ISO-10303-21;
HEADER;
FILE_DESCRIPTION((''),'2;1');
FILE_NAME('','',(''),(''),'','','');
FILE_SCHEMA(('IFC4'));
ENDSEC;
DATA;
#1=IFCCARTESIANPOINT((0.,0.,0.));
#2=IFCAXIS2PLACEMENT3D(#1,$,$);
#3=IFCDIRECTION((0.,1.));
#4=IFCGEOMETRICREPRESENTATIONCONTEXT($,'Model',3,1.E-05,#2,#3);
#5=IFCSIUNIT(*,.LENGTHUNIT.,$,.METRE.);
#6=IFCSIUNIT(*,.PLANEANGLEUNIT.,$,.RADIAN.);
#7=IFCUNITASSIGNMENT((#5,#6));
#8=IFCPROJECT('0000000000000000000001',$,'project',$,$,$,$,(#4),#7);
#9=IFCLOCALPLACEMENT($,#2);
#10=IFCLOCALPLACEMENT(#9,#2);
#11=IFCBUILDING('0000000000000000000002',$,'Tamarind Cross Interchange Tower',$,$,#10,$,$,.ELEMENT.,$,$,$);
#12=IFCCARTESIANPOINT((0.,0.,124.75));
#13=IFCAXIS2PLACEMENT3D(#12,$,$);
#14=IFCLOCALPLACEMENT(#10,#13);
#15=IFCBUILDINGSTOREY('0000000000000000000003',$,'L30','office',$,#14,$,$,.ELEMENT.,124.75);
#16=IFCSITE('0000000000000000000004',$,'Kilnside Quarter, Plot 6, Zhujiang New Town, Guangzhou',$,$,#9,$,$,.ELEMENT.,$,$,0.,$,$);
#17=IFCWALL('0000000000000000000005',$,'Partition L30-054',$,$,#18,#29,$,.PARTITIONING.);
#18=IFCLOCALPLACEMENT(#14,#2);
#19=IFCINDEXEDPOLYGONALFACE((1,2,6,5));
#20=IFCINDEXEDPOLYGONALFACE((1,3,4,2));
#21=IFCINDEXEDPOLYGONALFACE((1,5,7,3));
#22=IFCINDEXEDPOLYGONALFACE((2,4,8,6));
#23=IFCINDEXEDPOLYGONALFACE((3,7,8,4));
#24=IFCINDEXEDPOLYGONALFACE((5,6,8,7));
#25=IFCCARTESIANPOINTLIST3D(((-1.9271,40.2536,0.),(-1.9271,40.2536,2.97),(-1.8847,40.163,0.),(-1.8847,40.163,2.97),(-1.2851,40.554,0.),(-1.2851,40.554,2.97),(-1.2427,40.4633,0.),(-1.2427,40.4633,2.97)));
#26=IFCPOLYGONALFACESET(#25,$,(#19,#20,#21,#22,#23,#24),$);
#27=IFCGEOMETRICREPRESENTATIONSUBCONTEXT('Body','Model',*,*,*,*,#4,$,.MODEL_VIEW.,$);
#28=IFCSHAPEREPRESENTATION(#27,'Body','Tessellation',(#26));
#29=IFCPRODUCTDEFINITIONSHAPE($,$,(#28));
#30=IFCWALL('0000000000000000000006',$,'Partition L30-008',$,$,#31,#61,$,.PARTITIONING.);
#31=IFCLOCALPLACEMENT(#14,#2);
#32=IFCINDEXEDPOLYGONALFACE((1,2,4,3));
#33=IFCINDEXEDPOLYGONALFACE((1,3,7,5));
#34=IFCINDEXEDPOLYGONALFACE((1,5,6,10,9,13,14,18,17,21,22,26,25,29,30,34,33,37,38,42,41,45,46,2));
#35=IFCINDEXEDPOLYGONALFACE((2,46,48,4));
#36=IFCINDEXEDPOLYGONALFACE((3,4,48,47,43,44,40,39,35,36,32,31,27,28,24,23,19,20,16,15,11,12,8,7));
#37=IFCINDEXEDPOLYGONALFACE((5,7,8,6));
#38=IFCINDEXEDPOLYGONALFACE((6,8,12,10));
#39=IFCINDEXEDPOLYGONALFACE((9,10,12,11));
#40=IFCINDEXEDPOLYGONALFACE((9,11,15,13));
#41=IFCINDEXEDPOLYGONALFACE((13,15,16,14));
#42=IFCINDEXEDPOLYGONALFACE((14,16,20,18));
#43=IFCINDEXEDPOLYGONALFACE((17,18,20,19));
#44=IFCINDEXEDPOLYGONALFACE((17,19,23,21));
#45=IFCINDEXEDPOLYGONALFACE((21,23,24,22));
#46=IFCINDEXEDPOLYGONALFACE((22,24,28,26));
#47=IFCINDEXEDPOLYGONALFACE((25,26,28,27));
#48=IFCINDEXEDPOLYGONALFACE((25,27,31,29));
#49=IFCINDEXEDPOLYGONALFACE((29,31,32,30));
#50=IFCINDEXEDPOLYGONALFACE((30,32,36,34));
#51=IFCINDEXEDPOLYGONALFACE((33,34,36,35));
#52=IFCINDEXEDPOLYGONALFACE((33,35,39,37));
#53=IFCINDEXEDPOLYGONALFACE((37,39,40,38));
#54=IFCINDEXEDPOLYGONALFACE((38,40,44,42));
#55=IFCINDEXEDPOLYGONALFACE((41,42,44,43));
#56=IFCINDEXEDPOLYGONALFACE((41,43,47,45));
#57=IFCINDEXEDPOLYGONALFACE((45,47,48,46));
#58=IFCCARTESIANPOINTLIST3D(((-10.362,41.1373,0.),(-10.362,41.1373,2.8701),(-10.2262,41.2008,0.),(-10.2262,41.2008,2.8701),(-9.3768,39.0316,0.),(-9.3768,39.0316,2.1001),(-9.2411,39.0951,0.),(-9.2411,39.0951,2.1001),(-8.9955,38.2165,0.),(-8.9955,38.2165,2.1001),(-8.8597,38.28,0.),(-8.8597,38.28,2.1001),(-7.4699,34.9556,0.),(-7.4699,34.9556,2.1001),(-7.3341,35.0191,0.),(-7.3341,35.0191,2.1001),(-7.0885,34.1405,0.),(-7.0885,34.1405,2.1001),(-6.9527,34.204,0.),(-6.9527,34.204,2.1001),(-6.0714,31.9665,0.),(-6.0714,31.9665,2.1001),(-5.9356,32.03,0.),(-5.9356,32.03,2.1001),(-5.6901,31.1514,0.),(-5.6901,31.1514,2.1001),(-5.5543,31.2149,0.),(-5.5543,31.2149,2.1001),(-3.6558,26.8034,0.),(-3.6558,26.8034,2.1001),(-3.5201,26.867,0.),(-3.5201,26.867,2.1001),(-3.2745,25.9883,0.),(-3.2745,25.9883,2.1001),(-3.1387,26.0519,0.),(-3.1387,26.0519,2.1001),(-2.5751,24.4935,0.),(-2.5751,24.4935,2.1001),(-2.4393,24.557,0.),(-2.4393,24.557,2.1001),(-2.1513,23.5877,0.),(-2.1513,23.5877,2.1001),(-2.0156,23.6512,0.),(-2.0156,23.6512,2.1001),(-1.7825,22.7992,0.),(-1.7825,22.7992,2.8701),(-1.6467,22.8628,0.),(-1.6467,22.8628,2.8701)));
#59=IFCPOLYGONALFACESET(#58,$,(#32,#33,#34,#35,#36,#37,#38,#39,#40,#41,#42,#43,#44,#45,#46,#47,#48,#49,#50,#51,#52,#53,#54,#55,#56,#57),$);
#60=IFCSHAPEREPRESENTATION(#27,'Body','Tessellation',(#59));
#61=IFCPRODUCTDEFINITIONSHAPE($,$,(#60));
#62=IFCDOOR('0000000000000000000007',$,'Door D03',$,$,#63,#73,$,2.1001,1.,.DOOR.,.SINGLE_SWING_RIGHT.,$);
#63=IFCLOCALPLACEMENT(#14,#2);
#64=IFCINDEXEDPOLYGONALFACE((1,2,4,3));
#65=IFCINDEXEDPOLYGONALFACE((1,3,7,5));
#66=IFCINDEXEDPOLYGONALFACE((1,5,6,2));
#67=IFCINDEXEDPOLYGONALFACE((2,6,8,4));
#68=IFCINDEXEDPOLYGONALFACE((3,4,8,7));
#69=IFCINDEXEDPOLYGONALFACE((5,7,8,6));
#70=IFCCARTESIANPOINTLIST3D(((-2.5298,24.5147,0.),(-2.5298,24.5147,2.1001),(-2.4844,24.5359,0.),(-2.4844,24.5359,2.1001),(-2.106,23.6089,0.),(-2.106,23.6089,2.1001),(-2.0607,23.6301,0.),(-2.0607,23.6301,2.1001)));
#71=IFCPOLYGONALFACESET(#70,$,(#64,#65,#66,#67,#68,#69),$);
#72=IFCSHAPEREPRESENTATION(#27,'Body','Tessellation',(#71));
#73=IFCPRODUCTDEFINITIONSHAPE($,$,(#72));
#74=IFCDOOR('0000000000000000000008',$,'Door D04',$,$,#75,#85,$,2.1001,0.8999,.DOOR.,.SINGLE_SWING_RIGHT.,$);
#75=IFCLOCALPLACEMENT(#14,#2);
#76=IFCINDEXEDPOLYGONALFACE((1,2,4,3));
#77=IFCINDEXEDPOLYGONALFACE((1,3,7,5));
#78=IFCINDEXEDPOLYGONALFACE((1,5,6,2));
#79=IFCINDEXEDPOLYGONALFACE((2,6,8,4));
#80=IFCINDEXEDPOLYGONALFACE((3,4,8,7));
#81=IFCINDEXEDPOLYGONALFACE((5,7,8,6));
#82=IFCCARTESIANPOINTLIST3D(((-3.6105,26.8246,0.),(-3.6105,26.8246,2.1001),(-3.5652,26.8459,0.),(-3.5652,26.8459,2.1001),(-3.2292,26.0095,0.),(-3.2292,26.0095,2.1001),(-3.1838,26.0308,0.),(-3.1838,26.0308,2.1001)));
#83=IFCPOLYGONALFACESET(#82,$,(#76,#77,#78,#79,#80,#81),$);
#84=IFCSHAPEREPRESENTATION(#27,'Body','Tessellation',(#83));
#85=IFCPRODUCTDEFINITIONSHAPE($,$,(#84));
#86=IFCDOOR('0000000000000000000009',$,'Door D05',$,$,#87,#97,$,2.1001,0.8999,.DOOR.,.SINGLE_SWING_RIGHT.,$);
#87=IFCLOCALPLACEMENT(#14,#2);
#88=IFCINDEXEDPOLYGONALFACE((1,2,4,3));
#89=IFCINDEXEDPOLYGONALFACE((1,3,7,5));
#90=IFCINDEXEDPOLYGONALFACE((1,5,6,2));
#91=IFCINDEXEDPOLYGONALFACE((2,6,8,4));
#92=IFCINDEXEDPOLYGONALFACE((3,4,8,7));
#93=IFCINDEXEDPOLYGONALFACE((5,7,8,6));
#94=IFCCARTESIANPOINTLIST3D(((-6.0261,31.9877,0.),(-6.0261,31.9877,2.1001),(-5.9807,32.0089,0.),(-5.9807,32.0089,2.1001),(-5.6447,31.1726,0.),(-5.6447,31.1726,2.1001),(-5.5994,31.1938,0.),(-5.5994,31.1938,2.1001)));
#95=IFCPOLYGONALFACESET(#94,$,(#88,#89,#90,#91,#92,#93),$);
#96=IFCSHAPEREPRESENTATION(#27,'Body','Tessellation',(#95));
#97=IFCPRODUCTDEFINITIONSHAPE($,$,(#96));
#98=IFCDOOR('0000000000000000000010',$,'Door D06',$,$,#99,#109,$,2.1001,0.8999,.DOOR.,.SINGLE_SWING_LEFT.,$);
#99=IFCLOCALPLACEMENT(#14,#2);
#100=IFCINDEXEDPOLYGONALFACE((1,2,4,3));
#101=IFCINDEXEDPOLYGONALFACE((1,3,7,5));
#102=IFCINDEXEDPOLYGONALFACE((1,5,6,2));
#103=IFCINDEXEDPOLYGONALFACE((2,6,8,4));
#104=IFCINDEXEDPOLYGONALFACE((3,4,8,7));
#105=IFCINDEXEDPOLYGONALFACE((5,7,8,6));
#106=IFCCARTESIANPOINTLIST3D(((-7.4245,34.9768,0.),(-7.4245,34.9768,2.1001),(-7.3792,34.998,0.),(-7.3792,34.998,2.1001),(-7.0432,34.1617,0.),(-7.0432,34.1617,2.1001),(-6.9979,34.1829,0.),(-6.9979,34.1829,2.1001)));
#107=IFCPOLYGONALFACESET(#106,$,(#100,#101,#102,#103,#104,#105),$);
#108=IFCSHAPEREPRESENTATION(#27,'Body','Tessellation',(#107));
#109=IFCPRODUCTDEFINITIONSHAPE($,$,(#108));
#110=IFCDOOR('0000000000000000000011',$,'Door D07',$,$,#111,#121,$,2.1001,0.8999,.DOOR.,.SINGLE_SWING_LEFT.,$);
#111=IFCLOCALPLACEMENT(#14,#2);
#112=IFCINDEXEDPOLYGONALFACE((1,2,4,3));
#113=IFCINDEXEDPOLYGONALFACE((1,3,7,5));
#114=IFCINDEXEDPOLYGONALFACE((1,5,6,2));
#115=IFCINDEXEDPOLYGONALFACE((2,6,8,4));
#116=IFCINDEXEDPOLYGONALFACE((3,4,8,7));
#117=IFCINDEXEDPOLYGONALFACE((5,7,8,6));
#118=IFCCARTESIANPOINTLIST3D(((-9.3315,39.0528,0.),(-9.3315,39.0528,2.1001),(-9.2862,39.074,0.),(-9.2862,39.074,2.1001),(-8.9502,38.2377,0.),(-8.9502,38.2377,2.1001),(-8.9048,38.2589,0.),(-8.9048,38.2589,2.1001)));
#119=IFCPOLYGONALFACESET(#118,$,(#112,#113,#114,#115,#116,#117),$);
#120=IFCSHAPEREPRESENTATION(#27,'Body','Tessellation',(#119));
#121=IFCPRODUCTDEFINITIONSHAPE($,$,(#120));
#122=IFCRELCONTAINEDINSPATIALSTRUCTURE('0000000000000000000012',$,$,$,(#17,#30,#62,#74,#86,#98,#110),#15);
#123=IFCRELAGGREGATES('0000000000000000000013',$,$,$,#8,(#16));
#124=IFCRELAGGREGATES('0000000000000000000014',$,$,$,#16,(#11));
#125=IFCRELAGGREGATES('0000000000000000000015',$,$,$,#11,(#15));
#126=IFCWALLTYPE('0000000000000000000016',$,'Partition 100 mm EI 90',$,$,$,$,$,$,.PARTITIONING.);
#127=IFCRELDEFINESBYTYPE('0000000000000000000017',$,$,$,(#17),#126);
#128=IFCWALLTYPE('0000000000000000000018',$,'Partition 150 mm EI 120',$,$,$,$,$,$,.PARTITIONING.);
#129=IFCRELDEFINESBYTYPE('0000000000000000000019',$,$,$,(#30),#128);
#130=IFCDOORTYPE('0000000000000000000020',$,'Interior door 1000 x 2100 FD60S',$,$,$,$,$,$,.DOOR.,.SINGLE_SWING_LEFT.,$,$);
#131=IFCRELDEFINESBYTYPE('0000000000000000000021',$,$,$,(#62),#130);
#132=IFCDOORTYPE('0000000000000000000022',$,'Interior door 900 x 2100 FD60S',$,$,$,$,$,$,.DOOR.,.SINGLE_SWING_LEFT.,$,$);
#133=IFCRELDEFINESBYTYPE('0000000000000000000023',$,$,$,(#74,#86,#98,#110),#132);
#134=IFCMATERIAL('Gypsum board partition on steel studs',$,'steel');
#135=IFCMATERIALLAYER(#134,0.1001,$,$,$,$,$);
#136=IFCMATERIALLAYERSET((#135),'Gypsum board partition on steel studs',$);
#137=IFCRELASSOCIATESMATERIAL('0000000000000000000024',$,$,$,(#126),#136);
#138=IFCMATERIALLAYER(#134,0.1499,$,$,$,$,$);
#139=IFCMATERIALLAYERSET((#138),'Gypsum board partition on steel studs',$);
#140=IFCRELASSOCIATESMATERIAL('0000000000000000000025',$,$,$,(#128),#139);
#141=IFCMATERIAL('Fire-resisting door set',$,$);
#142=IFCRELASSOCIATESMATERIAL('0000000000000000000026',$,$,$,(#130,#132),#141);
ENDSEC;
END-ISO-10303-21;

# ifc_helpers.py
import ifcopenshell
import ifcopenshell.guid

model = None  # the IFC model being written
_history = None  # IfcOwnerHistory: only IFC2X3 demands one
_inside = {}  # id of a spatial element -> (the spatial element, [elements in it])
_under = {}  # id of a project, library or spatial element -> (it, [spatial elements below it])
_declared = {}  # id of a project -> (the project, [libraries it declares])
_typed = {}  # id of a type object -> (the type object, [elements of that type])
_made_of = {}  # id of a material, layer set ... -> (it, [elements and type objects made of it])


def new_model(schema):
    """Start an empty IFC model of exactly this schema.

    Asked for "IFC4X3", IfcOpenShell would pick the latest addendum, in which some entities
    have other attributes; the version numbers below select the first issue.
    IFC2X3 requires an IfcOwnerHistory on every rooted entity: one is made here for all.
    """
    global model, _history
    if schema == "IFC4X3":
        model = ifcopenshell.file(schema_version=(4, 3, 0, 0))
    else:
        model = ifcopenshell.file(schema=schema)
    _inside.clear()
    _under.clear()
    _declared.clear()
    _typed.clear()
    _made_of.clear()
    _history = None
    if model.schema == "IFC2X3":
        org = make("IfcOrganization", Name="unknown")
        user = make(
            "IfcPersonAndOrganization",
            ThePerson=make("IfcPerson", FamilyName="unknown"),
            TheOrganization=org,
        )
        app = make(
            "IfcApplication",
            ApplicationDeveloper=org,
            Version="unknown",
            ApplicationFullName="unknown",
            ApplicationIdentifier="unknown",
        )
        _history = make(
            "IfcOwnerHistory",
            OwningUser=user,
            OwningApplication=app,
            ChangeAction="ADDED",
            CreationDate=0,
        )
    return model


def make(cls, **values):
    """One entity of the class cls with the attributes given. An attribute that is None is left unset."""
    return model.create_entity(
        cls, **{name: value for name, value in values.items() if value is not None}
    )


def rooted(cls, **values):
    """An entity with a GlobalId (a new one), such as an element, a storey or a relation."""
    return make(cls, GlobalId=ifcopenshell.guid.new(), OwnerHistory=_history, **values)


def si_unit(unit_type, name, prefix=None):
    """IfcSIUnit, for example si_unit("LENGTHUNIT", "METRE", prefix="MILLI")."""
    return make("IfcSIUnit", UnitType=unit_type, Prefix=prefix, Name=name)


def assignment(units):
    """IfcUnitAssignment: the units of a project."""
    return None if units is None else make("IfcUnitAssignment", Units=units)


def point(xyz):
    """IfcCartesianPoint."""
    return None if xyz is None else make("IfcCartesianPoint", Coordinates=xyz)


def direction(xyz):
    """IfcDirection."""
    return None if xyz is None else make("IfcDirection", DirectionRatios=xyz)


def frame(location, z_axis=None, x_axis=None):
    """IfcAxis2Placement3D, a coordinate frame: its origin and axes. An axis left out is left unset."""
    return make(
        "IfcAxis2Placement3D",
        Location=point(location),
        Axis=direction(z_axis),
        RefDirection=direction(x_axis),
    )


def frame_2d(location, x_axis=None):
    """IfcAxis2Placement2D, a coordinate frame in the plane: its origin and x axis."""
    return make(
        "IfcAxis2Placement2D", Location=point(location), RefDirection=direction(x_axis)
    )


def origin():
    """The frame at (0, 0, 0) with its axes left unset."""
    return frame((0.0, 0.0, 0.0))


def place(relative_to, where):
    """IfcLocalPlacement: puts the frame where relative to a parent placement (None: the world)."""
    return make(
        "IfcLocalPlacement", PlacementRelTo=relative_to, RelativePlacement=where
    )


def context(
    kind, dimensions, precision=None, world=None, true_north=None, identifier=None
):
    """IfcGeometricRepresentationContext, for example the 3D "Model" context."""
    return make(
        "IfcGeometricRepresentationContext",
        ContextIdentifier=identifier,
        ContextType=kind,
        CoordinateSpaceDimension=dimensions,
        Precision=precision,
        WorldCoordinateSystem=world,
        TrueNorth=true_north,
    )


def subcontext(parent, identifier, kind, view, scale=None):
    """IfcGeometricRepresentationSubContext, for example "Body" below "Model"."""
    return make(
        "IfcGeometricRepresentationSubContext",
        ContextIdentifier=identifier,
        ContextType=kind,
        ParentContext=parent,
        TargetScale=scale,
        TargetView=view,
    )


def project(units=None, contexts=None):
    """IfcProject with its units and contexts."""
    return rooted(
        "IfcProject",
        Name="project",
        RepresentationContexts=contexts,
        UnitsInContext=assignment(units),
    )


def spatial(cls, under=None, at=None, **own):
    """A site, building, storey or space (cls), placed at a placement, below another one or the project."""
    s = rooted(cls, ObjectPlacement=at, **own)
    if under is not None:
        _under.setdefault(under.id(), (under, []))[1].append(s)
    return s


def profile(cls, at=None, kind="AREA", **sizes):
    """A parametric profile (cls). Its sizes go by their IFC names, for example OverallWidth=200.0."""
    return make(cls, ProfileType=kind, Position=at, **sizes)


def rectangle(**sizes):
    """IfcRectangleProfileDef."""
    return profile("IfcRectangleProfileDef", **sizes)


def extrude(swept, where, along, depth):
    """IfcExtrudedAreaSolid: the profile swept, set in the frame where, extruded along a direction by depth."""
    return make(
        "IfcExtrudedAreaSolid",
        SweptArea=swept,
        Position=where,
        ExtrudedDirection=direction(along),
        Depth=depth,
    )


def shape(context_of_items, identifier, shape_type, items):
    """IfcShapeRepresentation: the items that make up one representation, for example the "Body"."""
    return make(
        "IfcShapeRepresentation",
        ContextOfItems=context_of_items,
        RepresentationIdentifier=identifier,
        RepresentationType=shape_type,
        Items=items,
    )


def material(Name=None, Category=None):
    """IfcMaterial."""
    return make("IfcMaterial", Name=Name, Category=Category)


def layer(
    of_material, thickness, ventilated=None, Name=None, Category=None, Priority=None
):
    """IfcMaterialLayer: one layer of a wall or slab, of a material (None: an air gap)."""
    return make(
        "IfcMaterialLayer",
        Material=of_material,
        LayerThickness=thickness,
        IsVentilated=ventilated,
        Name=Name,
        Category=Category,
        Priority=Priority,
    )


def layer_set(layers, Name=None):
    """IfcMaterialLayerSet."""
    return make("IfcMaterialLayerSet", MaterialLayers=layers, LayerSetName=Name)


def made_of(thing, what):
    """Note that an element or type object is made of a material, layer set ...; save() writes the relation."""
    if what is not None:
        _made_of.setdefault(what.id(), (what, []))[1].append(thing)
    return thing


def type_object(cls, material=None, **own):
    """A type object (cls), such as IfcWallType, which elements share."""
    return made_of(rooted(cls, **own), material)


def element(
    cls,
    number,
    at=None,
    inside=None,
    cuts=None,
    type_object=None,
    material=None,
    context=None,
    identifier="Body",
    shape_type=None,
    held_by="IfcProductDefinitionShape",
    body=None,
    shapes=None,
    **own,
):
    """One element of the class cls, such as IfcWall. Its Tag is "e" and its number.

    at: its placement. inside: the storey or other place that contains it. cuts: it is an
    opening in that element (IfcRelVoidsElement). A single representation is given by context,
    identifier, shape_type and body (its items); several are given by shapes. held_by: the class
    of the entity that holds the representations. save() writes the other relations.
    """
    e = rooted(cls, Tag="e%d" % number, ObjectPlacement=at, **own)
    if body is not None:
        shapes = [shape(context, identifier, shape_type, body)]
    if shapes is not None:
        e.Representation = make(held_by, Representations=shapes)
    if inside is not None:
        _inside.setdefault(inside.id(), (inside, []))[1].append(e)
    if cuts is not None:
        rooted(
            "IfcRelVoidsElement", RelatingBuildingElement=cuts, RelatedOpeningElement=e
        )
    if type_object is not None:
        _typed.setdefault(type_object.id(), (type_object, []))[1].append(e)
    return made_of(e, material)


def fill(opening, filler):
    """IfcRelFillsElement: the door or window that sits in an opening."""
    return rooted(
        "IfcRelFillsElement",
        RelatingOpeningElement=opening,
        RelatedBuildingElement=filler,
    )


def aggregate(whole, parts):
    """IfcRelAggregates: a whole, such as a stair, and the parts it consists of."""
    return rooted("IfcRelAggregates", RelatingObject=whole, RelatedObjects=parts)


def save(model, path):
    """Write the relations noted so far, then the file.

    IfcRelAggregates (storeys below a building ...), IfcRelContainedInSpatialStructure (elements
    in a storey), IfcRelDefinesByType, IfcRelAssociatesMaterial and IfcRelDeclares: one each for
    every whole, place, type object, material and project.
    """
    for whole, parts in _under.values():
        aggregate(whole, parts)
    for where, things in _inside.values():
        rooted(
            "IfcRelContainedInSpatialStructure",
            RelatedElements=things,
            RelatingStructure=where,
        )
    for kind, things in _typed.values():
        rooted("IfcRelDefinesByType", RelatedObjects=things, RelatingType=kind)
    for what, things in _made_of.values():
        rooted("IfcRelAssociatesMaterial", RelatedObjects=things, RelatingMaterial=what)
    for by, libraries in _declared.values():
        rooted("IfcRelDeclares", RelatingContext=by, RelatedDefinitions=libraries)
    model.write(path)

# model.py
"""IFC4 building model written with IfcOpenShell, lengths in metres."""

from ifc_helpers import new_model, si_unit, direction, frame, frame_2d, origin, place, context, subcontext, project, spatial, rectangle, extrude, material, layer, layer_set, type_object, element, fill, save


model = new_model("IFC4")

# Units and contexts
model_context = context("Model", 3, precision=1e-05, world=origin(), true_north=direction((0.0, 1.0)))
body_context = subcontext(model_context, "Body", "Model", "MODEL_VIEW")
ifc_project = project(units=[si_unit("LENGTHUNIT", "METRE"), si_unit("PLANEANGLEUNIT", "RADIAN")], contexts=[model_context])

# Site, building, storey
site_placement = place(None, origin())
site = spatial("IfcSite", under=ifc_project, at=site_placement, Name="Kilnside Quarter, Plot 6, Zhujiang New Town, Guangzhou", CompositionType="ELEMENT", RefElevation=0.0)
building_placement = place(site_placement, origin())
building = spatial("IfcBuilding", under=site, at=building_placement, Name="Tamarind Cross Interchange Tower", CompositionType="ELEMENT")
storey_placement = place(building_placement, frame((0.0, 0.0, 124.75)))
storey = spatial("IfcBuildingStorey", under=building, at=storey_placement, Name="L30", Description="office", CompositionType="ELEMENT", Elevation=124.75)

# Wall
ifc_material_1 = material(Name="Gypsum board partition on steel studs", Category="steel")
ifc_layer_1 = layer(ifc_material_1, 0.1001)
ifc_layer_set_1 = layer_set([ifc_layer_1], Name="Gypsum board partition on steel studs")
wall_type_1 = type_object("IfcWallType", Name="Partition 100 mm EI 90", PredefinedType="PARTITIONING", material=ifc_layer_set_1)
wall_1_placement = place(storey_placement, frame((-1.906, 40.2083, 0.0), z_axis=(0.0, 0.0, 1.0), x_axis=(0.905769, 0.423772, 0.0)))
element("IfcWall", 1, at=wall_1_placement, inside=storey, type_object=wall_type_1, Name="Partition L30-054", PredefinedType="PARTITIONING", context=body_context, shape_type="SweptSolid", body=[
    extrude(rectangle(XDim=0.7087, YDim=0.1001, at=frame_2d((0.3545, 0.0))), origin(), (0.0, 0.0, 1.0), 2.97),
])

# Wall, openings, doors
ifc_layer_2 = layer(ifc_material_1, 0.1499)
ifc_layer_set_2 = layer_set([ifc_layer_2], Name="Gypsum board partition on steel studs")
wall_type_2 = type_object("IfcWallType", Name="Partition 150 mm EI 120", PredefinedType="PARTITIONING", material=ifc_layer_set_2)
wall_2_placement = place(storey_placement, frame((-10.2942, 41.1692, 0.0), z_axis=(0.0, 0.0, 1.0), x_axis=(0.423769, -0.90577, 0.0)))
wall_2 = element("IfcWall", 2, at=wall_2_placement, inside=storey, type_object=wall_type_2, Name="Partition L30-008", PredefinedType="PARTITIONING", context=body_context, shape_type="SweptSolid", body=[
    extrude(rectangle(XDim=20.2458, YDim=0.1499, at=frame_2d((10.123, 0.0))), origin(), (0.0, 0.0, 1.0), 2.8701),
])
opening_1_placement = place(wall_2_placement, frame((18.3755, 0.0, 0.0)))
opening_1 = element("IfcOpeningElement", 3, at=opening_1_placement, cuts=wall_2, PredefinedType="OPENING", context=body_context, shape_type="SweptSolid", body=[
    extrude(rectangle(XDim=1.0, YDim=2.1001, at=frame_2d((0.5, 1.05))), frame((0.0, 0.085, 0.0), z_axis=(0.0, -1.0, 0.0), x_axis=(1.0, 0.0, 0.0)), (0.0, 0.0, 1.0), 0.1699),
])
opening_2_placement = place(wall_2_placement, frame((15.8252, 0.0, 0.0)))
opening_2 = element("IfcOpeningElement", 4, at=opening_2_placement, cuts=wall_2, PredefinedType="OPENING", context=body_context, shape_type="SweptSolid", body=[
    extrude(rectangle(XDim=0.8999, YDim=2.1001, at=frame_2d((0.45, 1.05))), frame((0.0, 0.085, 0.0), z_axis=(0.0, -1.0, 0.0), x_axis=(1.0, 0.0, 0.0)), (0.0, 0.0, 1.0), 0.1699),
])
opening_3_placement = place(wall_2_placement, frame((10.125, 0.0, 0.0)))
opening_3 = element("IfcOpeningElement", 5, at=opening_3_placement, cuts=wall_2, PredefinedType="OPENING", context=body_context, shape_type="SweptSolid", body=[
    extrude(rectangle(XDim=0.8999, YDim=2.1001, at=frame_2d((0.45, 1.05))), frame((0.0, 0.085, 0.0), z_axis=(0.0, -1.0, 0.0), x_axis=(1.0, 0.0, 0.0)), (0.0, 0.0, 1.0), 0.1699),
])
opening_4_placement = place(wall_2_placement, frame((6.825, 0.0, 0.0)))
opening_4 = element("IfcOpeningElement", 6, at=opening_4_placement, cuts=wall_2, PredefinedType="OPENING", context=body_context, shape_type="SweptSolid", body=[
    extrude(rectangle(XDim=0.8999, YDim=2.1001, at=frame_2d((0.45, 1.05))), frame((0.0, 0.085, 0.0), z_axis=(0.0, -1.0, 0.0), x_axis=(1.0, 0.0, 0.0)), (0.0, 0.0, 1.0), 0.1699),
])
opening_5_placement = place(wall_2_placement, frame((2.325, 0.0, 0.0)))
opening_5 = element("IfcOpeningElement", 7, at=opening_5_placement, cuts=wall_2, PredefinedType="OPENING", context=body_context, shape_type="SweptSolid", body=[
    extrude(rectangle(XDim=0.8999, YDim=2.1001, at=frame_2d((0.45, 1.05))), frame((0.0, 0.085, 0.0), z_axis=(0.0, -1.0, 0.0), x_axis=(1.0, 0.0, 0.0)), (0.0, 0.0, 1.0), 0.1699),
])
ifc_material_2 = material(Name="Fire-resisting door set")
door_type_1 = type_object("IfcDoorType", Name="Interior door 1000 x 2100 FD60S", OperationType="SINGLE_SWING_LEFT", PredefinedType="DOOR", material=ifc_material_2)
door_1_placement = place(opening_1_placement, frame((1.0, 0.0, 0.0), z_axis=(0.0, 0.0, 1.0), x_axis=(-1.0, 0.0, 0.0)))
door_1 = element("IfcDoor", 8, at=door_1_placement, inside=storey, type_object=door_type_1, Name="Door D03", OperationType="SINGLE_SWING_RIGHT", OverallHeight=2.1001, OverallWidth=1.0, PredefinedType="DOOR", context=body_context, shape_type="SweptSolid", body=[
    extrude(rectangle(XDim=1.0, YDim=2.1001, at=frame_2d((0.5, 1.05))), frame((0.0, 0.0249, 0.0), z_axis=(0.0, -1.0, 0.0), x_axis=(1.0, 0.0, 0.0)), (0.0, 0.0, 1.0), 0.05),
])
fill(opening_1, door_1)
door_type_2 = type_object("IfcDoorType", Name="Interior door 900 x 2100 FD60S", OperationType="SINGLE_SWING_LEFT", PredefinedType="DOOR", material=ifc_material_2)
door_2_placement = place(opening_2_placement, frame((0.8999, 0.0, 0.0), z_axis=(0.0, 0.0, 1.0), x_axis=(-1.0, 0.0, 0.0)))
door_2 = element("IfcDoor", 9, at=door_2_placement, inside=storey, type_object=door_type_2, Name="Door D04", OperationType="SINGLE_SWING_RIGHT", OverallHeight=2.1001, OverallWidth=0.8999, PredefinedType="DOOR", context=body_context, shape_type="SweptSolid", body=[
    extrude(rectangle(XDim=0.8999, YDim=2.1001, at=frame_2d((0.45, 1.05))), frame((0.0, 0.0249, 0.0), z_axis=(0.0, -1.0, 0.0), x_axis=(1.0, 0.0, 0.0)), (0.0, 0.0, 1.0), 0.05),
])
fill(opening_2, door_2)
door_3_placement = place(opening_3_placement, frame((0.8999, 0.0, 0.0), z_axis=(0.0, 0.0, 1.0), x_axis=(-1.0, 0.0, 0.0)))
door_3 = element("IfcDoor", 10, at=door_3_placement, inside=storey, type_object=door_type_2, Name="Door D05", OperationType="SINGLE_SWING_RIGHT", OverallHeight=2.1001, OverallWidth=0.8999, PredefinedType="DOOR", context=body_context, shape_type="SweptSolid", body=[
    extrude(rectangle(XDim=0.8999, YDim=2.1001, at=frame_2d((0.45, 1.05))), frame((0.0, 0.0249, 0.0), z_axis=(0.0, -1.0, 0.0), x_axis=(1.0, 0.0, 0.0)), (0.0, 0.0, 1.0), 0.05),
])
fill(opening_3, door_3)
door_4_placement = place(opening_4_placement, frame((0.8999, 0.0, 0.0), z_axis=(0.0, 0.0, 1.0), x_axis=(-1.0, 0.0, 0.0)))
door_4 = element("IfcDoor", 11, at=door_4_placement, inside=storey, type_object=door_type_2, Name="Door D06", OperationType="SINGLE_SWING_LEFT", OverallHeight=2.1001, OverallWidth=0.8999, PredefinedType="DOOR", context=body_context, shape_type="SweptSolid", body=[
    extrude(rectangle(XDim=0.8999, YDim=2.1001, at=frame_2d((0.45, 1.05))), frame((0.0, 0.0249, 0.0), z_axis=(0.0, -1.0, 0.0), x_axis=(1.0, 0.0, 0.0)), (0.0, 0.0, 1.0), 0.05),
])
fill(opening_4, door_4)
door_5_placement = place(opening_5_placement, frame((0.8999, 0.0, 0.0), z_axis=(0.0, 0.0, 1.0), x_axis=(-1.0, 0.0, 0.0)))
door_5 = element("IfcDoor", 12, at=door_5_placement, inside=storey, type_object=door_type_2, Name="Door D07", OperationType="SINGLE_SWING_LEFT", OverallHeight=2.1001, OverallWidth=0.8999, PredefinedType="DOOR", context=body_context, shape_type="SweptSolid", body=[
    extrude(rectangle(XDim=0.8999, YDim=2.1001, at=frame_2d((0.45, 1.05))), frame((0.0, 0.0249, 0.0), z_axis=(0.0, -1.0, 0.0), x_axis=(1.0, 0.0, 0.0)), (0.0, 0.0, 1.0), 0.05),
])
fill(opening_5, door_5)

save(model, "model.ifc")
